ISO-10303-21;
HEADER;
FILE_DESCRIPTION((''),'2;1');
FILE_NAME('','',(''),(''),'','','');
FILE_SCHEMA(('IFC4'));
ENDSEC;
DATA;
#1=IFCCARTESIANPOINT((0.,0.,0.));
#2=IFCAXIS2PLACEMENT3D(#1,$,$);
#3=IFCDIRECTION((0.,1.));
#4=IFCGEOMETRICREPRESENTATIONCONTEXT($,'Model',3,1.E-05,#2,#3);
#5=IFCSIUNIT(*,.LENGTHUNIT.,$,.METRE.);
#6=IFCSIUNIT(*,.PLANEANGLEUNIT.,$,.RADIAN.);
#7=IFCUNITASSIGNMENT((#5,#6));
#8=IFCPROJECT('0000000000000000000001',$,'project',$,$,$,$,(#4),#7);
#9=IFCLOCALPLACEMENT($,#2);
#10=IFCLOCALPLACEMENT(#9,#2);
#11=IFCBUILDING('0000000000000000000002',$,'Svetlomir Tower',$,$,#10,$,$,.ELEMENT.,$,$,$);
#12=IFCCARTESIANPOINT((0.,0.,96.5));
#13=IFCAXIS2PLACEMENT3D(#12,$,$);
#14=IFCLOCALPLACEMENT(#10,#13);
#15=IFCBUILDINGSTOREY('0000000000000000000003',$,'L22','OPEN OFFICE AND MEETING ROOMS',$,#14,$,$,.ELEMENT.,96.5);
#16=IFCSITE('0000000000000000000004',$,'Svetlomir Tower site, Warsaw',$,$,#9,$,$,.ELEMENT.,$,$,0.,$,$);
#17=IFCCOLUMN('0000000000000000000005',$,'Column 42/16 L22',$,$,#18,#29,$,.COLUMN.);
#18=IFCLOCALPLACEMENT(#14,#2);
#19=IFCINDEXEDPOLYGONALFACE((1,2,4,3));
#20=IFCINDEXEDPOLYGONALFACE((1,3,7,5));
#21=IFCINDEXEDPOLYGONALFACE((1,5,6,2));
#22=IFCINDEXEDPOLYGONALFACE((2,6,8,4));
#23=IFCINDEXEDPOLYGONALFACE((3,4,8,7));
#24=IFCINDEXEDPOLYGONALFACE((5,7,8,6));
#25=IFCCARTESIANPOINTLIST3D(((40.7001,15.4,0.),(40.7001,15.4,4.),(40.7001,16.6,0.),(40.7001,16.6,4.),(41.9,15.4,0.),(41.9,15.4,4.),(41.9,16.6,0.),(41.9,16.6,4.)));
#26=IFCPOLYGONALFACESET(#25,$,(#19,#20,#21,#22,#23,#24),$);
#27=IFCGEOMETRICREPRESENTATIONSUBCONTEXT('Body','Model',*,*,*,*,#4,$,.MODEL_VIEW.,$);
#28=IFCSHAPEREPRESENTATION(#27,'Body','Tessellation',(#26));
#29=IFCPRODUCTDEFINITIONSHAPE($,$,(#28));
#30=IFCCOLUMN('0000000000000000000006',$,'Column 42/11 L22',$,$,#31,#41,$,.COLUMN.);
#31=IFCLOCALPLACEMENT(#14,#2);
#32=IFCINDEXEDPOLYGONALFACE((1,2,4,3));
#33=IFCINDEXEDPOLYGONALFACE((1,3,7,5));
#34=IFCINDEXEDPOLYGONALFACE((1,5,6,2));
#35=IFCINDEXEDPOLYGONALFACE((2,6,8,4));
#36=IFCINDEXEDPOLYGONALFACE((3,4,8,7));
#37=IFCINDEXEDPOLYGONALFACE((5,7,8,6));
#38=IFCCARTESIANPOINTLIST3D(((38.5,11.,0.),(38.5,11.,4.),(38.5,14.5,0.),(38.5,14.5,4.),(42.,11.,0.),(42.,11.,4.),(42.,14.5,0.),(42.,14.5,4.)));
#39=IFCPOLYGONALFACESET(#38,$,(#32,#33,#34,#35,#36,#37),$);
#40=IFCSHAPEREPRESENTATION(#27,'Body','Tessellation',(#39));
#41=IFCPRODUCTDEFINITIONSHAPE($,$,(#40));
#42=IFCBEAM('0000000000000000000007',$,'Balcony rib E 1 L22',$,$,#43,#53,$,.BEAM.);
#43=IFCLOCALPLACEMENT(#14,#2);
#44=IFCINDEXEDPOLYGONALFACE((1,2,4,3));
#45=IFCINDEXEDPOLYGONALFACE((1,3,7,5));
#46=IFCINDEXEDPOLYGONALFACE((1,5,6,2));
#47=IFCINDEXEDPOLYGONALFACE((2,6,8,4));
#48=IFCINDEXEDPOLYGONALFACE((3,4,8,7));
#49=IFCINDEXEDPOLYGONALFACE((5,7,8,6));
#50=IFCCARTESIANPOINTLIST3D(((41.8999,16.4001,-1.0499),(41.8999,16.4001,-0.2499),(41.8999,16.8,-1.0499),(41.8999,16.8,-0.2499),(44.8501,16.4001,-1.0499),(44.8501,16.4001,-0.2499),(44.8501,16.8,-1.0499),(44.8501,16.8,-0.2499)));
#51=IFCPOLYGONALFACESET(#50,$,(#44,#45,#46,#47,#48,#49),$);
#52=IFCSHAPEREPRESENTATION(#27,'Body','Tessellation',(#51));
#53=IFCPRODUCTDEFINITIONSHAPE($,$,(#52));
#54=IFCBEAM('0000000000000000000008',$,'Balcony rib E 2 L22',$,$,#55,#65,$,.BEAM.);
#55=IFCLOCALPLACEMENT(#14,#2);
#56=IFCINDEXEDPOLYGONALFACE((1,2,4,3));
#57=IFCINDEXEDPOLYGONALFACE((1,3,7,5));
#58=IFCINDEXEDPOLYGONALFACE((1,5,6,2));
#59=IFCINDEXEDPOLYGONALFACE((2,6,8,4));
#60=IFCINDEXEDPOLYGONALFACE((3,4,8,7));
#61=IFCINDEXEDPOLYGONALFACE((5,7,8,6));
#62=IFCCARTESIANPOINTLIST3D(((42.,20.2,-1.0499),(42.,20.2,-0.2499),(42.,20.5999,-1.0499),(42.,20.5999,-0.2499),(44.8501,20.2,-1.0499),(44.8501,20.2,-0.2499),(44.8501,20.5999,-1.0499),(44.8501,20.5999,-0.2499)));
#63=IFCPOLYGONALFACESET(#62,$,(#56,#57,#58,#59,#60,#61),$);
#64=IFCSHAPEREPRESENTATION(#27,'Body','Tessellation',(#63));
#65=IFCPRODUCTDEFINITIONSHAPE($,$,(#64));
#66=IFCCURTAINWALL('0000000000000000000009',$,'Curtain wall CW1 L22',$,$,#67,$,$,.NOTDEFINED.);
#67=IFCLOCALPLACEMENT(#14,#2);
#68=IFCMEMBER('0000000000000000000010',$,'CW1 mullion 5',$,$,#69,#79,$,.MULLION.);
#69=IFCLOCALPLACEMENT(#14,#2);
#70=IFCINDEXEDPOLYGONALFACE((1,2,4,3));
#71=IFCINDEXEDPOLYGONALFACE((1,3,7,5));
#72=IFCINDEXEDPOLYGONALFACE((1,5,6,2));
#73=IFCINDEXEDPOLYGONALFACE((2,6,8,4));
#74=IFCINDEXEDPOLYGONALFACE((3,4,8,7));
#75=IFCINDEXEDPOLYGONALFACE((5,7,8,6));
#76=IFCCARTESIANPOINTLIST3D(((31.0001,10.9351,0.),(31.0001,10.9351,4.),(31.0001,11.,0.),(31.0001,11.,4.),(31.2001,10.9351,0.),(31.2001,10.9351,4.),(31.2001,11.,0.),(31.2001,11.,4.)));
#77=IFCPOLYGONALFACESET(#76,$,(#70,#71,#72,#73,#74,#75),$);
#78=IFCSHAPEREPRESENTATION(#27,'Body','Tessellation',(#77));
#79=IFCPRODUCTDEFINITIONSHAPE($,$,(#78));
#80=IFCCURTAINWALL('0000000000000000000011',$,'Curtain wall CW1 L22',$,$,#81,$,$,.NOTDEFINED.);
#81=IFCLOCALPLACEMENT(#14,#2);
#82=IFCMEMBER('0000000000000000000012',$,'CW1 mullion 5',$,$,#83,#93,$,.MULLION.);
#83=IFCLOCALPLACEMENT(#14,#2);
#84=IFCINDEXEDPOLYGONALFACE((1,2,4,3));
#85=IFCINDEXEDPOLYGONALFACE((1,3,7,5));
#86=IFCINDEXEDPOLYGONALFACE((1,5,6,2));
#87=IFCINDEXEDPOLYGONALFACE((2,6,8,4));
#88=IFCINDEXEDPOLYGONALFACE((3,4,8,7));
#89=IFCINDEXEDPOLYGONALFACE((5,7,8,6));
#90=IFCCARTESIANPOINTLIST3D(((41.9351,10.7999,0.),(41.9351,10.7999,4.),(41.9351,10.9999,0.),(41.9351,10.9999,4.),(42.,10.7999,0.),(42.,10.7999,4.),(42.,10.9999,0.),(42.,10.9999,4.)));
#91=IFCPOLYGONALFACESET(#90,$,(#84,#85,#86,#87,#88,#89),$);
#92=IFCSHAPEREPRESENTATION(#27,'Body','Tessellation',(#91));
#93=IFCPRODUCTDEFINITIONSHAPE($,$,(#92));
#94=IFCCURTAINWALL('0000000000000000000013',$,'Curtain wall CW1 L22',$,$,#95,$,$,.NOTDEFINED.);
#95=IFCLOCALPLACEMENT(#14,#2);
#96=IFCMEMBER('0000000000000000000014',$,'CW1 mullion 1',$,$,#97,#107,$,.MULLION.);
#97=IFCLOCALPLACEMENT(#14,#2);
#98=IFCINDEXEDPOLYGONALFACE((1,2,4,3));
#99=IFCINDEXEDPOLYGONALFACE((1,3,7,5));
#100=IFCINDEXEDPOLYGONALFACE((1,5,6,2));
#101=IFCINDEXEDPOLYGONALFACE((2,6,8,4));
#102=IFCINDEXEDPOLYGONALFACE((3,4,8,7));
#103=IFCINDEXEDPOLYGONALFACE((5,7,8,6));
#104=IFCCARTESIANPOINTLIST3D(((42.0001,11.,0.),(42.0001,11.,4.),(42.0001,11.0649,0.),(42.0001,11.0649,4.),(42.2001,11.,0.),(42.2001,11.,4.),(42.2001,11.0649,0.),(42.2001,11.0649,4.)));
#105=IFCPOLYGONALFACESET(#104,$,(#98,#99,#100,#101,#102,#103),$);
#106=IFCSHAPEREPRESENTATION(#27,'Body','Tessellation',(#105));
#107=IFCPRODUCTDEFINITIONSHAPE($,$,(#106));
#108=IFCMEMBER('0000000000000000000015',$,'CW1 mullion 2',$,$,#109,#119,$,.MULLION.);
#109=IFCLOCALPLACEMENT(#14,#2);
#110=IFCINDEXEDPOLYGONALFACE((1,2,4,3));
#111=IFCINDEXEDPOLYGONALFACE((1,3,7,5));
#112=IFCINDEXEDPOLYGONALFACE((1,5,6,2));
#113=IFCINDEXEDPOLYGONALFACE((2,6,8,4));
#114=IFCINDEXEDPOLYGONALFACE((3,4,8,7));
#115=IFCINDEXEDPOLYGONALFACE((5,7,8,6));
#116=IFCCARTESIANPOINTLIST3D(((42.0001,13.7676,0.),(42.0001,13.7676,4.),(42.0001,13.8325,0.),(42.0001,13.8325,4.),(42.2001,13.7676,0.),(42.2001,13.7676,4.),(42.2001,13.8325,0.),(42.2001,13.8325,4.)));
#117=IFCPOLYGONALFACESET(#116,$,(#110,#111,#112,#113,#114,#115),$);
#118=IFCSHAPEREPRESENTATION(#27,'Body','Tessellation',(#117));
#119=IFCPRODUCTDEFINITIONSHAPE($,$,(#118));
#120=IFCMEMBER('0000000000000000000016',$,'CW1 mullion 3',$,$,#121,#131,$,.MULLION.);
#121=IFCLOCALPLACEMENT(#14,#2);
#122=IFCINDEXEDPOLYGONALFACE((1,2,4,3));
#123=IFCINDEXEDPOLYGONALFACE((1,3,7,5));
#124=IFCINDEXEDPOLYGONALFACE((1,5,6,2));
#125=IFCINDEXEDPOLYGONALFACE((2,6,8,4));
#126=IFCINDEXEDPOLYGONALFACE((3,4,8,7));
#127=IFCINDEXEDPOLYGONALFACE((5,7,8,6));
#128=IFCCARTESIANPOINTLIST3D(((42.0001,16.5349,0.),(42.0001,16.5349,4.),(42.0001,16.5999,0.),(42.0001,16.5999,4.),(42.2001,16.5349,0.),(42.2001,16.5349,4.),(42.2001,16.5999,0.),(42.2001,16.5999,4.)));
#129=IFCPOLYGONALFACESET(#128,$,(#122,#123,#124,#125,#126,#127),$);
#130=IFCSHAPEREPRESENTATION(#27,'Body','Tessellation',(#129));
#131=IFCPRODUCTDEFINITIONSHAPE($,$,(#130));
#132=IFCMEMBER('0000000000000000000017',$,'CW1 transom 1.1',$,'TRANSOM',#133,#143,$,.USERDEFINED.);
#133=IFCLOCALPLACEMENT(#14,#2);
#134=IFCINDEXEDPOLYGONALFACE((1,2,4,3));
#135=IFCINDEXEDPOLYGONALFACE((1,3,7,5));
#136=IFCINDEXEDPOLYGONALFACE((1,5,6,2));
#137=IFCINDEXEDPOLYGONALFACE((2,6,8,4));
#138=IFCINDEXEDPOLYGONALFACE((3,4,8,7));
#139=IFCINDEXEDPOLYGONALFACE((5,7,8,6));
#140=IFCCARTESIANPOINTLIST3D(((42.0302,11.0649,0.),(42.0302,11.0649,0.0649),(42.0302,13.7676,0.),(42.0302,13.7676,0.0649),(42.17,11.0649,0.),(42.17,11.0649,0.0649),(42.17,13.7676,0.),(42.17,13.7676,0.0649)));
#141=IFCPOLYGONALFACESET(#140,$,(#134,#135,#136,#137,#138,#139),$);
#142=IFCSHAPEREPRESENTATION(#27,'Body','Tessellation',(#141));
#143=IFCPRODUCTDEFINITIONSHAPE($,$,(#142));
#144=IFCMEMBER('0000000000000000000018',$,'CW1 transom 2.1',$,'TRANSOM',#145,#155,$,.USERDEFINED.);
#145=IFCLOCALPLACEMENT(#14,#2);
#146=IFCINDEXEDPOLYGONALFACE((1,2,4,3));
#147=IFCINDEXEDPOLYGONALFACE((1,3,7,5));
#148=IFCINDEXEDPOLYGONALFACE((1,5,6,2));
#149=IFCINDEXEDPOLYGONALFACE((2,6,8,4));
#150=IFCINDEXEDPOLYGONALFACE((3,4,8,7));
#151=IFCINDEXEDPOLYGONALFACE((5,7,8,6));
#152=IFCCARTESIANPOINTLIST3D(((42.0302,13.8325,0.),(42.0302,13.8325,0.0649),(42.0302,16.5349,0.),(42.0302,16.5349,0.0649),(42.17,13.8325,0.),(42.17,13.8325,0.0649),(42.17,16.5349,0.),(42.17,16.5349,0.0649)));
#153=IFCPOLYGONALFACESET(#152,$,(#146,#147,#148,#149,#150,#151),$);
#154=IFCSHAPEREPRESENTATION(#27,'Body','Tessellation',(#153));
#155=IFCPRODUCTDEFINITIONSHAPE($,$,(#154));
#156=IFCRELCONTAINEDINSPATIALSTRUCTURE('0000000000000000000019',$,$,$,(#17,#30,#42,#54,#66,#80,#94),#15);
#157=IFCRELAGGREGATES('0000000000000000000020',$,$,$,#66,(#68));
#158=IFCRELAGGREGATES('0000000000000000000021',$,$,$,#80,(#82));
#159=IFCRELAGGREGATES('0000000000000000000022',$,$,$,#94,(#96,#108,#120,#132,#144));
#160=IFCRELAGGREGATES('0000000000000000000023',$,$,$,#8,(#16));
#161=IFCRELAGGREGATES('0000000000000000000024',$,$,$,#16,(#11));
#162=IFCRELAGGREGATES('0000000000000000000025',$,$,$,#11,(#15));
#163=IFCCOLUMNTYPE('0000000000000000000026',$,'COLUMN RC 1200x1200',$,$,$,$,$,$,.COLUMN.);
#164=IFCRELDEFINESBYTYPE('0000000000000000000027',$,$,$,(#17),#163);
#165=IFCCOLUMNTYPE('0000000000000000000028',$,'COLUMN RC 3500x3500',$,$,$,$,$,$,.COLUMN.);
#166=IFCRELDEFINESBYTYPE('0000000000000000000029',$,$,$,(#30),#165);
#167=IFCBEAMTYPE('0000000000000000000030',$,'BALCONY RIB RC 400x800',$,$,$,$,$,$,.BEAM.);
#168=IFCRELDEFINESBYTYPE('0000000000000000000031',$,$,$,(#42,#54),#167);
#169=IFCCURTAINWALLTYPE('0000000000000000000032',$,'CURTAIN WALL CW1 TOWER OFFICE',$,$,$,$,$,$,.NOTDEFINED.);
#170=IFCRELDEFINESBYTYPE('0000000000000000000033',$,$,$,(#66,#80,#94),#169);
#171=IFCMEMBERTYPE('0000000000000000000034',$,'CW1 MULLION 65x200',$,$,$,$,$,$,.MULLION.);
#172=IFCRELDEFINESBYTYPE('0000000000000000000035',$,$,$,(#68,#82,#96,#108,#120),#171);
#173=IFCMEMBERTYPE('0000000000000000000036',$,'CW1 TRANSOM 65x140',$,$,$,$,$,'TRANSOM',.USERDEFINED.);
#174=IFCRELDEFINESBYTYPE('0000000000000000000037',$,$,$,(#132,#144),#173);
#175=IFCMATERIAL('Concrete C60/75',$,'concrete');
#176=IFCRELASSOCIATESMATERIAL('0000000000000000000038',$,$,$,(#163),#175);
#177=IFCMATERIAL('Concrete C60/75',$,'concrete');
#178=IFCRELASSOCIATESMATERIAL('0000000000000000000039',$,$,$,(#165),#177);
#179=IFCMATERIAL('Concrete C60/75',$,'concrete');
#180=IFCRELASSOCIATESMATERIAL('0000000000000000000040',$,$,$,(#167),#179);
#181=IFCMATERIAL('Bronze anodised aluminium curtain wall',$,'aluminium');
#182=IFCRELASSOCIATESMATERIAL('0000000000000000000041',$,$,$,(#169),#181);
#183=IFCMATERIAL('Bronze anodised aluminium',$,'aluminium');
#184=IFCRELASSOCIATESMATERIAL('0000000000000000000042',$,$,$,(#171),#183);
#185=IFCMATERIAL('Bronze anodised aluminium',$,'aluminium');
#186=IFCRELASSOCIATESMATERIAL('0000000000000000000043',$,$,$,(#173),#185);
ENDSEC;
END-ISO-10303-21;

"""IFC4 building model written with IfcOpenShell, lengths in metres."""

from ifc_helpers import new_model, si_unit, direction, frame, origin, origin_2d, place, context, subcontext, project, spatial, rectangle, extrude, material, material_profile, profile_set, type_object, element, aggregate, save


model = new_model("IFC4")

# Units and contexts
model_context = context("Model", 3, precision=1e-05, world=origin(), true_north=direction((0.0, 1.0)))
body_context = subcontext(model_context, "Body", "Model", "MODEL_VIEW")
ifc_project = project(units=[si_unit("LENGTHUNIT", "METRE"), si_unit("PLANEANGLEUNIT", "RADIAN")], contexts=[model_context])

# Site, building, storey
site_placement = place(None, origin())
site = spatial("IfcSite", under=ifc_project, at=site_placement, Name="Svetlomir Tower site, Warsaw", CompositionType="ELEMENT", RefElevation=0.0)
building_placement = place(site_placement, origin())
building = spatial("IfcBuilding", under=site, at=building_placement, Name="Svetlomir Tower", CompositionType="ELEMENT")
storey_placement = place(building_placement, frame((0.0, 0.0, 96.5)))
storey = spatial("IfcBuildingStorey", under=building, at=storey_placement, Name="L22", Description="OPEN OFFICE AND MEETING ROOMS", CompositionType="ELEMENT", Elevation=96.5)

# Columns
ifc_material_1 = material(Name="Concrete C60/75", Category="concrete")
ifc_material_profile_1 = material_profile(ifc_material_1, rectangle(XDim=1.2, YDim=1.2, at=origin_2d()), Name="RC 1200x1200")
ifc_profile_set_1 = profile_set([ifc_material_profile_1], Name="Concrete C60/75")
column_type_1 = type_object("IfcColumnType", Name="COLUMN RC 1200x1200", PredefinedType="COLUMN", material=ifc_profile_set_1)
column_1_placement = place(storey_placement, frame((41.3, 16.0, 0.0), z_axis=(0.0, 0.0, 1.0), x_axis=(1.0, 0.0, 0.0)))
element("IfcColumn", 1, at=column_1_placement, inside=storey, type_object=column_type_1, Name="Column 42/16 L22", PredefinedType="COLUMN", context=body_context, shape_type="SweptSolid", body=[
    extrude(rectangle(XDim=1.2, YDim=1.2, at=origin_2d()), origin(), (0.0, 0.0, 1.0), 4.0),
])
ifc_material_2 = material(Name="Concrete C60/75", Category="concrete")
ifc_material_profile_2 = material_profile(ifc_material_2, rectangle(XDim=3.5, YDim=3.5, at=origin_2d()), Name="RC 3500x3500")
ifc_profile_set_2 = profile_set([ifc_material_profile_2], Name="Concrete C60/75")
column_type_2 = type_object("IfcColumnType", Name="COLUMN RC 3500x3500", PredefinedType="COLUMN", material=ifc_profile_set_2)
column_2_placement = place(storey_placement, frame((40.25, 12.75, 0.0), z_axis=(0.0, 0.0, 1.0), x_axis=(1.0, 0.0, 0.0)))
element("IfcColumn", 2, at=column_2_placement, inside=storey, type_object=column_type_2, Name="Column 42/11 L22", PredefinedType="COLUMN", context=body_context, shape_type="SweptSolid", body=[
    extrude(rectangle(XDim=3.5, YDim=3.5, at=origin_2d()), origin(), (0.0, 0.0, 1.0), 4.0),
])

# Beams
ifc_material_3 = material(Name="Concrete C60/75", Category="concrete")
ifc_material_profile_3 = material_profile(ifc_material_3, rectangle(XDim=0.3999, YDim=0.8, at=origin_2d()), Name="RC 400x800")
ifc_profile_set_3 = profile_set([ifc_material_profile_3], Name="Concrete C60/75")
beam_type_1 = type_object("IfcBeamType", Name="BALCONY RIB RC 400x800", PredefinedType="BEAM", material=ifc_profile_set_3)
beam_1_placement = place(storey_placement, frame((41.8999, 16.6001, -0.6499), z_axis=(1.0, 0.0, 0.0), x_axis=(0.0, 1.0, 0.0)))
element("IfcBeam", 3, at=beam_1_placement, inside=storey, type_object=beam_type_1, Name="Balcony rib E 1 L22", PredefinedType="BEAM", context=body_context, shape_type="SweptSolid", body=[
    extrude(rectangle(XDim=0.3999, YDim=0.8, at=origin_2d()), origin(), (0.0, 0.0, 1.0), 2.9502),
])
beam_2_placement = place(storey_placement, frame((42.0, 20.3999, -0.6499), z_axis=(1.0, 0.0, 0.0), x_axis=(0.0, 1.0, 0.0)))
element("IfcBeam", 4, at=beam_2_placement, inside=storey, type_object=beam_type_1, Name="Balcony rib E 2 L22", PredefinedType="BEAM", context=body_context, shape_type="SweptSolid", body=[
    extrude(rectangle(XDim=0.3999, YDim=0.8, at=origin_2d()), origin(), (0.0, 0.0, 1.0), 2.8501),
])

# Curtain walls, members
ifc_material_4 = material(Name="Bronze anodised aluminium curtain wall", Category="aluminium")
curtain_wall_type = type_object("IfcCurtainWallType", Name="CURTAIN WALL CW1 TOWER OFFICE", PredefinedType="NOTDEFINED", material=ifc_material_4)
curtain_wall_1_placement = place(storey_placement, origin())
curtain_wall_1 = element("IfcCurtainWall", 5, at=curtain_wall_1_placement, inside=storey, type_object=curtain_wall_type, Name="Curtain wall CW1 L22", PredefinedType="NOTDEFINED")
ifc_material_5 = material(Name="Bronze anodised aluminium", Category="aluminium")
ifc_material_profile_4 = material_profile(ifc_material_5, rectangle(XDim=0.0649, YDim=0.2, at=origin_2d()), Name="AL 65x200")
ifc_profile_set_4 = profile_set([ifc_material_profile_4], Name="Bronze anodised aluminium 6063-T6")
member_type_1 = type_object("IfcMemberType", Name="CW1 MULLION 65x200", PredefinedType="MULLION", material=ifc_profile_set_4)
member_1_placement = place(storey_placement, frame((31.1001, 10.9675, 0.0), z_axis=(0.0, 0.0, 1.0), x_axis=(0.0, 1.0, 0.0)))
member_1 = element("IfcMember", 6, at=member_1_placement, type_object=member_type_1, Name="CW1 mullion 5", PredefinedType="MULLION", context=body_context, shape_type="SweptSolid", body=[
    extrude(rectangle(XDim=0.0649, YDim=0.2, at=origin_2d()), origin(), (0.0, 0.0, 1.0), 4.0),
])
aggregate(curtain_wall_1, [member_1])
curtain_wall_2_placement = place(storey_placement, origin())
curtain_wall_2 = element("IfcCurtainWall", 7, at=curtain_wall_2_placement, inside=storey, type_object=curtain_wall_type, Name="Curtain wall CW1 L22", PredefinedType="NOTDEFINED")
member_2_placement = place(storey_placement, frame((41.9675, 10.8999, 0.0), z_axis=(0.0, 0.0, 1.0), x_axis=(1.0, 0.0, 0.0)))
member_2 = element("IfcMember", 8, at=member_2_placement, type_object=member_type_1, Name="CW1 mullion 5", PredefinedType="MULLION", context=body_context, shape_type="SweptSolid", body=[
    extrude(rectangle(XDim=0.0649, YDim=0.2, at=origin_2d()), origin(), (0.0, 0.0, 1.0), 4.0),
])

# Curtain wall, members
curtain_wall_3_placement = place(storey_placement, origin())
curtain_wall_3 = element("IfcCurtainWall", 9, at=curtain_wall_3_placement, inside=storey, type_object=curtain_wall_type, Name="Curtain wall CW1 L22", PredefinedType="NOTDEFINED")
member_3_placement = place(storey_placement, frame((42.1001, 11.0325, 0.0), z_axis=(0.0, 0.0, 1.0), x_axis=(0.0, 1.0, 0.0)))
member_3 = element("IfcMember", 10, at=member_3_placement, type_object=member_type_1, Name="CW1 mullion 1", PredefinedType="MULLION", context=body_context, shape_type="SweptSolid", body=[
    extrude(rectangle(XDim=0.0649, YDim=0.2, at=origin_2d()), origin(), (0.0, 0.0, 1.0), 4.0),
])
member_4_placement = place(storey_placement, frame((42.1001, 13.8, 0.0), z_axis=(0.0, 0.0, 1.0), x_axis=(0.0, 1.0, 0.0)))
member_4 = element("IfcMember", 11, at=member_4_placement, type_object=member_type_1, Name="CW1 mullion 2", PredefinedType="MULLION", context=body_context, shape_type="SweptSolid", body=[
    extrude(rectangle(XDim=0.0649, YDim=0.2, at=origin_2d()), origin(), (0.0, 0.0, 1.0), 4.0),
])
member_5_placement = place(storey_placement, frame((42.1001, 16.5674, 0.0), z_axis=(0.0, 0.0, 1.0), x_axis=(0.0, 1.0, 0.0)))
member_5 = element("IfcMember", 12, at=member_5_placement, type_object=member_type_1, Name="CW1 mullion 3", PredefinedType="MULLION", context=body_context, shape_type="SweptSolid", body=[
    extrude(rectangle(XDim=0.0649, YDim=0.2, at=origin_2d()), origin(), (0.0, 0.0, 1.0), 4.0),
])
ifc_material_6 = material(Name="Bronze anodised aluminium", Category="aluminium")
ifc_material_profile_5 = material_profile(ifc_material_6, rectangle(XDim=0.1399, YDim=0.0649, at=origin_2d()), Name="AL 140x65")
ifc_profile_set_5 = profile_set([ifc_material_profile_5], Name="Bronze anodised aluminium 6063-T6")
member_type_2 = type_object("IfcMemberType", Name="CW1 TRANSOM 65x140", ElementType="TRANSOM", PredefinedType="USERDEFINED", material=ifc_profile_set_5)
member_6_placement = place(storey_placement, frame((42.1001, 11.0649, 0.0325), z_axis=(0.0, 1.0, 0.0), x_axis=(-1.0, 0.0, 0.0)))
member_6 = element("IfcMember", 13, at=member_6_placement, type_object=member_type_2, Name="CW1 transom 1.1", ObjectType="TRANSOM", PredefinedType="USERDEFINED", context=body_context, shape_type="SweptSolid", body=[
    extrude(rectangle(XDim=0.1399, YDim=0.0649, at=origin_2d()), origin(), (0.0, 0.0, 1.0), 2.7026),
])
member_7_placement = place(storey_placement, frame((42.1001, 13.8325, 0.0325), z_axis=(0.0, 1.0, 0.0), x_axis=(-1.0, 0.0, 0.0)))
member_7 = element("IfcMember", 14, at=member_7_placement, type_object=member_type_2, Name="CW1 transom 2.1", ObjectType="TRANSOM", PredefinedType="USERDEFINED", context=body_context, shape_type="SweptSolid", body=[
    extrude(rectangle(XDim=0.1399, YDim=0.0649, at=origin_2d()), origin(), (0.0, 0.0, 1.0), 2.7024),
])

aggregate(curtain_wall_2, [member_2])
aggregate(curtain_wall_3, [member_3, member_4, member_5, member_6, member_7])

save(model, "model.ifc")
